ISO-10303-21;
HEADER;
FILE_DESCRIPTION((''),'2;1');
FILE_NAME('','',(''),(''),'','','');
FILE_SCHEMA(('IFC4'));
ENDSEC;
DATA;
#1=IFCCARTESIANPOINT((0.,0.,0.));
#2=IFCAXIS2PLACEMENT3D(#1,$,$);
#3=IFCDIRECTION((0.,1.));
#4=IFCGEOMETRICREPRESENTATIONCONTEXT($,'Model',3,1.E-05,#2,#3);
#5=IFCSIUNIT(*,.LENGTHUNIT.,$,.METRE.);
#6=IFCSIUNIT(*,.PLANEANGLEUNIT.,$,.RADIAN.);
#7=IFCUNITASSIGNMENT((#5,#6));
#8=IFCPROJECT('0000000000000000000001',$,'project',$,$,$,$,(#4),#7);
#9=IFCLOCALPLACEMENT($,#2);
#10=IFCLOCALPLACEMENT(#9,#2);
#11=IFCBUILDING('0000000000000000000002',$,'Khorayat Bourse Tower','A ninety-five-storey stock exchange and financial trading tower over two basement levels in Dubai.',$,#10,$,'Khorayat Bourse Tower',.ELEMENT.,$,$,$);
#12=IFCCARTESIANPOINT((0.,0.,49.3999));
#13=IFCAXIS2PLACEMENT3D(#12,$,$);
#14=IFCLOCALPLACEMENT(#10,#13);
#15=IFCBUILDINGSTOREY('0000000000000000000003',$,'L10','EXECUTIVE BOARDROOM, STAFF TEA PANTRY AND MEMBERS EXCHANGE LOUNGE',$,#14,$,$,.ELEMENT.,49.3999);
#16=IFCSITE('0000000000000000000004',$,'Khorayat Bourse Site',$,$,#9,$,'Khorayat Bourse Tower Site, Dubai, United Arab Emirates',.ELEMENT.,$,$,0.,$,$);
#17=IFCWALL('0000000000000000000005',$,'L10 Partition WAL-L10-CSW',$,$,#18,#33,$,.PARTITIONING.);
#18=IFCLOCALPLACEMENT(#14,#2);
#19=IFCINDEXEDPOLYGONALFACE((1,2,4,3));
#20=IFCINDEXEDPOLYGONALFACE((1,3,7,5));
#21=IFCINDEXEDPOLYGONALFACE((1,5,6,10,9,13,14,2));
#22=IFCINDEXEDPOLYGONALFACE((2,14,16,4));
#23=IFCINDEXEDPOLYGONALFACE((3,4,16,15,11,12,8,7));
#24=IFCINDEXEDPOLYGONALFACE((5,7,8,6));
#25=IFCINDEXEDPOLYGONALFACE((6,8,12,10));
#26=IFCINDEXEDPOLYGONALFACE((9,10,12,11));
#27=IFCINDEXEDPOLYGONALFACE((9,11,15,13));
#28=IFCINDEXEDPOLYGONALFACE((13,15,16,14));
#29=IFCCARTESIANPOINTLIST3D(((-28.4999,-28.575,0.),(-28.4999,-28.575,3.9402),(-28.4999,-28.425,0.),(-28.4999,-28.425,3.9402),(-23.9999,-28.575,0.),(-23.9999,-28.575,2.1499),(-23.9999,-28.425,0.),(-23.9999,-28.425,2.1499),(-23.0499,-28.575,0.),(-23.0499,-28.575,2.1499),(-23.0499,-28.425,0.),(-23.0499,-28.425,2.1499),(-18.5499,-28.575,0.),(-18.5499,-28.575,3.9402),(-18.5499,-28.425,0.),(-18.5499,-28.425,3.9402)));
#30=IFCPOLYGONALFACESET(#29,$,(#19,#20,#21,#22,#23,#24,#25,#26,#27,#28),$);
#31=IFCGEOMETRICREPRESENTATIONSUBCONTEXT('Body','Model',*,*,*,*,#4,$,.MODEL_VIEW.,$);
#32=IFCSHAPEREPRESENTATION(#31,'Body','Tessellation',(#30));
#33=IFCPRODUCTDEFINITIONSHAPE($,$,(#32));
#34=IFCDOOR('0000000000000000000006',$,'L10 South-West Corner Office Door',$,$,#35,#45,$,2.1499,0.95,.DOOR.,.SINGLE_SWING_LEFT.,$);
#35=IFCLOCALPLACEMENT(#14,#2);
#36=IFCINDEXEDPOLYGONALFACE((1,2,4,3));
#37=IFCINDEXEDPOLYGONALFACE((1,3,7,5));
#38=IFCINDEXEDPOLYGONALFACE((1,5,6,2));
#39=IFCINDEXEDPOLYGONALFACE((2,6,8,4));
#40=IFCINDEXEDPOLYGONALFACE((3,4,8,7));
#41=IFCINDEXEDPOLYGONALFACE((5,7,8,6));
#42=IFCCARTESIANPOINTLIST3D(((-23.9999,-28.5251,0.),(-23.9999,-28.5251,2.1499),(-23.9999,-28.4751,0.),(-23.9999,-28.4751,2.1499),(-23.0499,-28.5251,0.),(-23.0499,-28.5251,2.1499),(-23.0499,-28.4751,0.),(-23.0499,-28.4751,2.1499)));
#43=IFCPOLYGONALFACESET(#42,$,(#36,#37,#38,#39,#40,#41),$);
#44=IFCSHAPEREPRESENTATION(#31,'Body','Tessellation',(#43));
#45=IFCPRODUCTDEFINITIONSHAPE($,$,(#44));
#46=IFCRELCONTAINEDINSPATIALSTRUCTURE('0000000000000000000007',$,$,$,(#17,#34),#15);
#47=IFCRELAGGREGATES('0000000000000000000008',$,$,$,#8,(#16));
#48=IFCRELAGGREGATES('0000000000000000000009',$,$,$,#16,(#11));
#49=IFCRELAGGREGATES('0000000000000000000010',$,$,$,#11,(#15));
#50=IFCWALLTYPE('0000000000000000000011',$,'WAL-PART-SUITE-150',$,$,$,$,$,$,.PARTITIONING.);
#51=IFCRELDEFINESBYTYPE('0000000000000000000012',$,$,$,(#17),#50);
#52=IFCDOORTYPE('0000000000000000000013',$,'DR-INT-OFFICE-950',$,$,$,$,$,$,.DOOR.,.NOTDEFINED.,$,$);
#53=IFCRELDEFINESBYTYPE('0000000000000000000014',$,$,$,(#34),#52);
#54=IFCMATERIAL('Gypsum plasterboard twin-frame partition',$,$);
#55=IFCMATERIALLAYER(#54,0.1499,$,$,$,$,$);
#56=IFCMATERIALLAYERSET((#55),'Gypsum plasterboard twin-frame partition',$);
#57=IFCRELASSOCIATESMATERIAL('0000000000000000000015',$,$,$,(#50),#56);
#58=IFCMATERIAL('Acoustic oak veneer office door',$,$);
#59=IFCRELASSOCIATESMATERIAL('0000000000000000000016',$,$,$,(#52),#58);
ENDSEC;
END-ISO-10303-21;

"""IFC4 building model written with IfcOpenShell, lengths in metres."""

from ifc_helpers import new_model, si_unit, direction, frame, frame_2d, origin, place, context, subcontext, project, spatial, rectangle, extrude, source, transform, mapped, material, layer, layer_set, type_object, element, fill, save


model = new_model("IFC4")

# Units and contexts
model_context = context("Model", 3, precision=1e-05, world=origin(), true_north=direction((0.0, 1.0)))
body_context = subcontext(model_context, "Body", "Model", "MODEL_VIEW")
ifc_project = project(units=[si_unit("LENGTHUNIT", "METRE"), si_unit("PLANEANGLEUNIT", "RADIAN")], contexts=[model_context])

# Site, building, storey
site_placement = place(None, origin())
site = spatial("IfcSite", under=ifc_project, at=site_placement, Name="Khorayat Bourse Site", LongName="Khorayat Bourse Tower Site, Dubai, United Arab Emirates", CompositionType="ELEMENT", RefElevation=0.0)
building_placement = place(site_placement, origin())
building = spatial("IfcBuilding", under=site, at=building_placement, Name="Khorayat Bourse Tower", Description="A ninety-five-storey stock exchange and financial trading tower over two basement levels in Dubai.", LongName="Khorayat Bourse Tower", CompositionType="ELEMENT")
storey_placement = place(building_placement, frame((0.0, 0.0, 49.3999)))
storey = spatial("IfcBuildingStorey", under=building, at=storey_placement, Name="L10", Description="EXECUTIVE BOARDROOM, STAFF TEA PANTRY AND MEMBERS EXCHANGE LOUNGE", CompositionType="ELEMENT", Elevation=49.3999)

# Wall, opening, door
ifc_material_1 = material(Name="Gypsum plasterboard twin-frame partition")
ifc_layer_1 = layer(ifc_material_1, 0.1499)
ifc_layer_set_1 = layer_set([ifc_layer_1], Name="Gypsum plasterboard twin-frame partition")
wall_type_1 = type_object("IfcWallType", Name="WAL-PART-SUITE-150", PredefinedType="PARTITIONING", material=ifc_layer_set_1)
shared_shape_1 = source(origin(), body_context, "Body", "SweptSolid", [
    extrude(rectangle(XDim=9.95, YDim=0.1499, at=frame_2d((4.9751, 0.0))), origin(), (0.0, 0.0, 1.0), 3.9402),
])
wall_1_placement = place(storey_placement, frame((-28.5, -28.5, 0.0), z_axis=(0.0, 0.0, 1.0), x_axis=(1.0, 0.0, 0.0)))
wall_1 = element("IfcWall", 1, at=wall_1_placement, inside=storey, type_object=wall_type_1, Name="L10 Partition WAL-L10-CSW", PredefinedType="PARTITIONING", context=body_context, shape_type="MappedRepresentation", body=[
    mapped(shared_shape_1, transform((0.0, 0.0, 0.0), scale=1.0)),
])
shared_shape_2 = source(origin(), body_context, "Body", "SweptSolid", [
    extrude(rectangle(XDim=0.95, YDim=2.1499, at=frame_2d((0.4751, 1.075))), frame((0.0, 0.085, 0.0), z_axis=(0.0, -1.0, 0.0), x_axis=(1.0, 0.0, 0.0)), (0.0, 0.0, 1.0), 0.1699),
])
opening_1_placement = place(wall_1_placement, frame((4.5, 0.0, 0.0)))
opening_1 = element("IfcOpeningElement", 2, at=opening_1_placement, cuts=wall_1, PredefinedType="OPENING", context=body_context, shape_type="MappedRepresentation", body=[
    mapped(shared_shape_2, transform((0.0, 0.0, 0.0), scale=1.0)),
])
ifc_material_2 = material(Name="Acoustic oak veneer office door")
door_type = type_object("IfcDoorType", Name="DR-INT-OFFICE-950", OperationType="NOTDEFINED", PredefinedType="DOOR", material=ifc_material_2)
shared_shape_3 = source(origin(), body_context, "Body", "SweptSolid", [
    extrude(rectangle(XDim=0.95, YDim=2.1499, at=frame_2d((0.4751, 1.075))), frame((0.0, 0.0249, 0.0), z_axis=(0.0, -1.0, 0.0), x_axis=(1.0, 0.0, 0.0)), (0.0, 0.0, 1.0), 0.05),
])
door_placement = place(opening_1_placement, origin())
door = element("IfcDoor", 3, at=door_placement, inside=storey, type_object=door_type, Name="L10 South-West Corner Office Door", OperationType="SINGLE_SWING_LEFT", OverallHeight=2.1499, OverallWidth=0.95, PredefinedType="DOOR", context=body_context, shape_type="MappedRepresentation", body=[
    mapped(shared_shape_3, transform((0.0, 0.0, 0.0), scale=1.0)),
])
fill(opening_1, door)

save(model, "model.ifc")
